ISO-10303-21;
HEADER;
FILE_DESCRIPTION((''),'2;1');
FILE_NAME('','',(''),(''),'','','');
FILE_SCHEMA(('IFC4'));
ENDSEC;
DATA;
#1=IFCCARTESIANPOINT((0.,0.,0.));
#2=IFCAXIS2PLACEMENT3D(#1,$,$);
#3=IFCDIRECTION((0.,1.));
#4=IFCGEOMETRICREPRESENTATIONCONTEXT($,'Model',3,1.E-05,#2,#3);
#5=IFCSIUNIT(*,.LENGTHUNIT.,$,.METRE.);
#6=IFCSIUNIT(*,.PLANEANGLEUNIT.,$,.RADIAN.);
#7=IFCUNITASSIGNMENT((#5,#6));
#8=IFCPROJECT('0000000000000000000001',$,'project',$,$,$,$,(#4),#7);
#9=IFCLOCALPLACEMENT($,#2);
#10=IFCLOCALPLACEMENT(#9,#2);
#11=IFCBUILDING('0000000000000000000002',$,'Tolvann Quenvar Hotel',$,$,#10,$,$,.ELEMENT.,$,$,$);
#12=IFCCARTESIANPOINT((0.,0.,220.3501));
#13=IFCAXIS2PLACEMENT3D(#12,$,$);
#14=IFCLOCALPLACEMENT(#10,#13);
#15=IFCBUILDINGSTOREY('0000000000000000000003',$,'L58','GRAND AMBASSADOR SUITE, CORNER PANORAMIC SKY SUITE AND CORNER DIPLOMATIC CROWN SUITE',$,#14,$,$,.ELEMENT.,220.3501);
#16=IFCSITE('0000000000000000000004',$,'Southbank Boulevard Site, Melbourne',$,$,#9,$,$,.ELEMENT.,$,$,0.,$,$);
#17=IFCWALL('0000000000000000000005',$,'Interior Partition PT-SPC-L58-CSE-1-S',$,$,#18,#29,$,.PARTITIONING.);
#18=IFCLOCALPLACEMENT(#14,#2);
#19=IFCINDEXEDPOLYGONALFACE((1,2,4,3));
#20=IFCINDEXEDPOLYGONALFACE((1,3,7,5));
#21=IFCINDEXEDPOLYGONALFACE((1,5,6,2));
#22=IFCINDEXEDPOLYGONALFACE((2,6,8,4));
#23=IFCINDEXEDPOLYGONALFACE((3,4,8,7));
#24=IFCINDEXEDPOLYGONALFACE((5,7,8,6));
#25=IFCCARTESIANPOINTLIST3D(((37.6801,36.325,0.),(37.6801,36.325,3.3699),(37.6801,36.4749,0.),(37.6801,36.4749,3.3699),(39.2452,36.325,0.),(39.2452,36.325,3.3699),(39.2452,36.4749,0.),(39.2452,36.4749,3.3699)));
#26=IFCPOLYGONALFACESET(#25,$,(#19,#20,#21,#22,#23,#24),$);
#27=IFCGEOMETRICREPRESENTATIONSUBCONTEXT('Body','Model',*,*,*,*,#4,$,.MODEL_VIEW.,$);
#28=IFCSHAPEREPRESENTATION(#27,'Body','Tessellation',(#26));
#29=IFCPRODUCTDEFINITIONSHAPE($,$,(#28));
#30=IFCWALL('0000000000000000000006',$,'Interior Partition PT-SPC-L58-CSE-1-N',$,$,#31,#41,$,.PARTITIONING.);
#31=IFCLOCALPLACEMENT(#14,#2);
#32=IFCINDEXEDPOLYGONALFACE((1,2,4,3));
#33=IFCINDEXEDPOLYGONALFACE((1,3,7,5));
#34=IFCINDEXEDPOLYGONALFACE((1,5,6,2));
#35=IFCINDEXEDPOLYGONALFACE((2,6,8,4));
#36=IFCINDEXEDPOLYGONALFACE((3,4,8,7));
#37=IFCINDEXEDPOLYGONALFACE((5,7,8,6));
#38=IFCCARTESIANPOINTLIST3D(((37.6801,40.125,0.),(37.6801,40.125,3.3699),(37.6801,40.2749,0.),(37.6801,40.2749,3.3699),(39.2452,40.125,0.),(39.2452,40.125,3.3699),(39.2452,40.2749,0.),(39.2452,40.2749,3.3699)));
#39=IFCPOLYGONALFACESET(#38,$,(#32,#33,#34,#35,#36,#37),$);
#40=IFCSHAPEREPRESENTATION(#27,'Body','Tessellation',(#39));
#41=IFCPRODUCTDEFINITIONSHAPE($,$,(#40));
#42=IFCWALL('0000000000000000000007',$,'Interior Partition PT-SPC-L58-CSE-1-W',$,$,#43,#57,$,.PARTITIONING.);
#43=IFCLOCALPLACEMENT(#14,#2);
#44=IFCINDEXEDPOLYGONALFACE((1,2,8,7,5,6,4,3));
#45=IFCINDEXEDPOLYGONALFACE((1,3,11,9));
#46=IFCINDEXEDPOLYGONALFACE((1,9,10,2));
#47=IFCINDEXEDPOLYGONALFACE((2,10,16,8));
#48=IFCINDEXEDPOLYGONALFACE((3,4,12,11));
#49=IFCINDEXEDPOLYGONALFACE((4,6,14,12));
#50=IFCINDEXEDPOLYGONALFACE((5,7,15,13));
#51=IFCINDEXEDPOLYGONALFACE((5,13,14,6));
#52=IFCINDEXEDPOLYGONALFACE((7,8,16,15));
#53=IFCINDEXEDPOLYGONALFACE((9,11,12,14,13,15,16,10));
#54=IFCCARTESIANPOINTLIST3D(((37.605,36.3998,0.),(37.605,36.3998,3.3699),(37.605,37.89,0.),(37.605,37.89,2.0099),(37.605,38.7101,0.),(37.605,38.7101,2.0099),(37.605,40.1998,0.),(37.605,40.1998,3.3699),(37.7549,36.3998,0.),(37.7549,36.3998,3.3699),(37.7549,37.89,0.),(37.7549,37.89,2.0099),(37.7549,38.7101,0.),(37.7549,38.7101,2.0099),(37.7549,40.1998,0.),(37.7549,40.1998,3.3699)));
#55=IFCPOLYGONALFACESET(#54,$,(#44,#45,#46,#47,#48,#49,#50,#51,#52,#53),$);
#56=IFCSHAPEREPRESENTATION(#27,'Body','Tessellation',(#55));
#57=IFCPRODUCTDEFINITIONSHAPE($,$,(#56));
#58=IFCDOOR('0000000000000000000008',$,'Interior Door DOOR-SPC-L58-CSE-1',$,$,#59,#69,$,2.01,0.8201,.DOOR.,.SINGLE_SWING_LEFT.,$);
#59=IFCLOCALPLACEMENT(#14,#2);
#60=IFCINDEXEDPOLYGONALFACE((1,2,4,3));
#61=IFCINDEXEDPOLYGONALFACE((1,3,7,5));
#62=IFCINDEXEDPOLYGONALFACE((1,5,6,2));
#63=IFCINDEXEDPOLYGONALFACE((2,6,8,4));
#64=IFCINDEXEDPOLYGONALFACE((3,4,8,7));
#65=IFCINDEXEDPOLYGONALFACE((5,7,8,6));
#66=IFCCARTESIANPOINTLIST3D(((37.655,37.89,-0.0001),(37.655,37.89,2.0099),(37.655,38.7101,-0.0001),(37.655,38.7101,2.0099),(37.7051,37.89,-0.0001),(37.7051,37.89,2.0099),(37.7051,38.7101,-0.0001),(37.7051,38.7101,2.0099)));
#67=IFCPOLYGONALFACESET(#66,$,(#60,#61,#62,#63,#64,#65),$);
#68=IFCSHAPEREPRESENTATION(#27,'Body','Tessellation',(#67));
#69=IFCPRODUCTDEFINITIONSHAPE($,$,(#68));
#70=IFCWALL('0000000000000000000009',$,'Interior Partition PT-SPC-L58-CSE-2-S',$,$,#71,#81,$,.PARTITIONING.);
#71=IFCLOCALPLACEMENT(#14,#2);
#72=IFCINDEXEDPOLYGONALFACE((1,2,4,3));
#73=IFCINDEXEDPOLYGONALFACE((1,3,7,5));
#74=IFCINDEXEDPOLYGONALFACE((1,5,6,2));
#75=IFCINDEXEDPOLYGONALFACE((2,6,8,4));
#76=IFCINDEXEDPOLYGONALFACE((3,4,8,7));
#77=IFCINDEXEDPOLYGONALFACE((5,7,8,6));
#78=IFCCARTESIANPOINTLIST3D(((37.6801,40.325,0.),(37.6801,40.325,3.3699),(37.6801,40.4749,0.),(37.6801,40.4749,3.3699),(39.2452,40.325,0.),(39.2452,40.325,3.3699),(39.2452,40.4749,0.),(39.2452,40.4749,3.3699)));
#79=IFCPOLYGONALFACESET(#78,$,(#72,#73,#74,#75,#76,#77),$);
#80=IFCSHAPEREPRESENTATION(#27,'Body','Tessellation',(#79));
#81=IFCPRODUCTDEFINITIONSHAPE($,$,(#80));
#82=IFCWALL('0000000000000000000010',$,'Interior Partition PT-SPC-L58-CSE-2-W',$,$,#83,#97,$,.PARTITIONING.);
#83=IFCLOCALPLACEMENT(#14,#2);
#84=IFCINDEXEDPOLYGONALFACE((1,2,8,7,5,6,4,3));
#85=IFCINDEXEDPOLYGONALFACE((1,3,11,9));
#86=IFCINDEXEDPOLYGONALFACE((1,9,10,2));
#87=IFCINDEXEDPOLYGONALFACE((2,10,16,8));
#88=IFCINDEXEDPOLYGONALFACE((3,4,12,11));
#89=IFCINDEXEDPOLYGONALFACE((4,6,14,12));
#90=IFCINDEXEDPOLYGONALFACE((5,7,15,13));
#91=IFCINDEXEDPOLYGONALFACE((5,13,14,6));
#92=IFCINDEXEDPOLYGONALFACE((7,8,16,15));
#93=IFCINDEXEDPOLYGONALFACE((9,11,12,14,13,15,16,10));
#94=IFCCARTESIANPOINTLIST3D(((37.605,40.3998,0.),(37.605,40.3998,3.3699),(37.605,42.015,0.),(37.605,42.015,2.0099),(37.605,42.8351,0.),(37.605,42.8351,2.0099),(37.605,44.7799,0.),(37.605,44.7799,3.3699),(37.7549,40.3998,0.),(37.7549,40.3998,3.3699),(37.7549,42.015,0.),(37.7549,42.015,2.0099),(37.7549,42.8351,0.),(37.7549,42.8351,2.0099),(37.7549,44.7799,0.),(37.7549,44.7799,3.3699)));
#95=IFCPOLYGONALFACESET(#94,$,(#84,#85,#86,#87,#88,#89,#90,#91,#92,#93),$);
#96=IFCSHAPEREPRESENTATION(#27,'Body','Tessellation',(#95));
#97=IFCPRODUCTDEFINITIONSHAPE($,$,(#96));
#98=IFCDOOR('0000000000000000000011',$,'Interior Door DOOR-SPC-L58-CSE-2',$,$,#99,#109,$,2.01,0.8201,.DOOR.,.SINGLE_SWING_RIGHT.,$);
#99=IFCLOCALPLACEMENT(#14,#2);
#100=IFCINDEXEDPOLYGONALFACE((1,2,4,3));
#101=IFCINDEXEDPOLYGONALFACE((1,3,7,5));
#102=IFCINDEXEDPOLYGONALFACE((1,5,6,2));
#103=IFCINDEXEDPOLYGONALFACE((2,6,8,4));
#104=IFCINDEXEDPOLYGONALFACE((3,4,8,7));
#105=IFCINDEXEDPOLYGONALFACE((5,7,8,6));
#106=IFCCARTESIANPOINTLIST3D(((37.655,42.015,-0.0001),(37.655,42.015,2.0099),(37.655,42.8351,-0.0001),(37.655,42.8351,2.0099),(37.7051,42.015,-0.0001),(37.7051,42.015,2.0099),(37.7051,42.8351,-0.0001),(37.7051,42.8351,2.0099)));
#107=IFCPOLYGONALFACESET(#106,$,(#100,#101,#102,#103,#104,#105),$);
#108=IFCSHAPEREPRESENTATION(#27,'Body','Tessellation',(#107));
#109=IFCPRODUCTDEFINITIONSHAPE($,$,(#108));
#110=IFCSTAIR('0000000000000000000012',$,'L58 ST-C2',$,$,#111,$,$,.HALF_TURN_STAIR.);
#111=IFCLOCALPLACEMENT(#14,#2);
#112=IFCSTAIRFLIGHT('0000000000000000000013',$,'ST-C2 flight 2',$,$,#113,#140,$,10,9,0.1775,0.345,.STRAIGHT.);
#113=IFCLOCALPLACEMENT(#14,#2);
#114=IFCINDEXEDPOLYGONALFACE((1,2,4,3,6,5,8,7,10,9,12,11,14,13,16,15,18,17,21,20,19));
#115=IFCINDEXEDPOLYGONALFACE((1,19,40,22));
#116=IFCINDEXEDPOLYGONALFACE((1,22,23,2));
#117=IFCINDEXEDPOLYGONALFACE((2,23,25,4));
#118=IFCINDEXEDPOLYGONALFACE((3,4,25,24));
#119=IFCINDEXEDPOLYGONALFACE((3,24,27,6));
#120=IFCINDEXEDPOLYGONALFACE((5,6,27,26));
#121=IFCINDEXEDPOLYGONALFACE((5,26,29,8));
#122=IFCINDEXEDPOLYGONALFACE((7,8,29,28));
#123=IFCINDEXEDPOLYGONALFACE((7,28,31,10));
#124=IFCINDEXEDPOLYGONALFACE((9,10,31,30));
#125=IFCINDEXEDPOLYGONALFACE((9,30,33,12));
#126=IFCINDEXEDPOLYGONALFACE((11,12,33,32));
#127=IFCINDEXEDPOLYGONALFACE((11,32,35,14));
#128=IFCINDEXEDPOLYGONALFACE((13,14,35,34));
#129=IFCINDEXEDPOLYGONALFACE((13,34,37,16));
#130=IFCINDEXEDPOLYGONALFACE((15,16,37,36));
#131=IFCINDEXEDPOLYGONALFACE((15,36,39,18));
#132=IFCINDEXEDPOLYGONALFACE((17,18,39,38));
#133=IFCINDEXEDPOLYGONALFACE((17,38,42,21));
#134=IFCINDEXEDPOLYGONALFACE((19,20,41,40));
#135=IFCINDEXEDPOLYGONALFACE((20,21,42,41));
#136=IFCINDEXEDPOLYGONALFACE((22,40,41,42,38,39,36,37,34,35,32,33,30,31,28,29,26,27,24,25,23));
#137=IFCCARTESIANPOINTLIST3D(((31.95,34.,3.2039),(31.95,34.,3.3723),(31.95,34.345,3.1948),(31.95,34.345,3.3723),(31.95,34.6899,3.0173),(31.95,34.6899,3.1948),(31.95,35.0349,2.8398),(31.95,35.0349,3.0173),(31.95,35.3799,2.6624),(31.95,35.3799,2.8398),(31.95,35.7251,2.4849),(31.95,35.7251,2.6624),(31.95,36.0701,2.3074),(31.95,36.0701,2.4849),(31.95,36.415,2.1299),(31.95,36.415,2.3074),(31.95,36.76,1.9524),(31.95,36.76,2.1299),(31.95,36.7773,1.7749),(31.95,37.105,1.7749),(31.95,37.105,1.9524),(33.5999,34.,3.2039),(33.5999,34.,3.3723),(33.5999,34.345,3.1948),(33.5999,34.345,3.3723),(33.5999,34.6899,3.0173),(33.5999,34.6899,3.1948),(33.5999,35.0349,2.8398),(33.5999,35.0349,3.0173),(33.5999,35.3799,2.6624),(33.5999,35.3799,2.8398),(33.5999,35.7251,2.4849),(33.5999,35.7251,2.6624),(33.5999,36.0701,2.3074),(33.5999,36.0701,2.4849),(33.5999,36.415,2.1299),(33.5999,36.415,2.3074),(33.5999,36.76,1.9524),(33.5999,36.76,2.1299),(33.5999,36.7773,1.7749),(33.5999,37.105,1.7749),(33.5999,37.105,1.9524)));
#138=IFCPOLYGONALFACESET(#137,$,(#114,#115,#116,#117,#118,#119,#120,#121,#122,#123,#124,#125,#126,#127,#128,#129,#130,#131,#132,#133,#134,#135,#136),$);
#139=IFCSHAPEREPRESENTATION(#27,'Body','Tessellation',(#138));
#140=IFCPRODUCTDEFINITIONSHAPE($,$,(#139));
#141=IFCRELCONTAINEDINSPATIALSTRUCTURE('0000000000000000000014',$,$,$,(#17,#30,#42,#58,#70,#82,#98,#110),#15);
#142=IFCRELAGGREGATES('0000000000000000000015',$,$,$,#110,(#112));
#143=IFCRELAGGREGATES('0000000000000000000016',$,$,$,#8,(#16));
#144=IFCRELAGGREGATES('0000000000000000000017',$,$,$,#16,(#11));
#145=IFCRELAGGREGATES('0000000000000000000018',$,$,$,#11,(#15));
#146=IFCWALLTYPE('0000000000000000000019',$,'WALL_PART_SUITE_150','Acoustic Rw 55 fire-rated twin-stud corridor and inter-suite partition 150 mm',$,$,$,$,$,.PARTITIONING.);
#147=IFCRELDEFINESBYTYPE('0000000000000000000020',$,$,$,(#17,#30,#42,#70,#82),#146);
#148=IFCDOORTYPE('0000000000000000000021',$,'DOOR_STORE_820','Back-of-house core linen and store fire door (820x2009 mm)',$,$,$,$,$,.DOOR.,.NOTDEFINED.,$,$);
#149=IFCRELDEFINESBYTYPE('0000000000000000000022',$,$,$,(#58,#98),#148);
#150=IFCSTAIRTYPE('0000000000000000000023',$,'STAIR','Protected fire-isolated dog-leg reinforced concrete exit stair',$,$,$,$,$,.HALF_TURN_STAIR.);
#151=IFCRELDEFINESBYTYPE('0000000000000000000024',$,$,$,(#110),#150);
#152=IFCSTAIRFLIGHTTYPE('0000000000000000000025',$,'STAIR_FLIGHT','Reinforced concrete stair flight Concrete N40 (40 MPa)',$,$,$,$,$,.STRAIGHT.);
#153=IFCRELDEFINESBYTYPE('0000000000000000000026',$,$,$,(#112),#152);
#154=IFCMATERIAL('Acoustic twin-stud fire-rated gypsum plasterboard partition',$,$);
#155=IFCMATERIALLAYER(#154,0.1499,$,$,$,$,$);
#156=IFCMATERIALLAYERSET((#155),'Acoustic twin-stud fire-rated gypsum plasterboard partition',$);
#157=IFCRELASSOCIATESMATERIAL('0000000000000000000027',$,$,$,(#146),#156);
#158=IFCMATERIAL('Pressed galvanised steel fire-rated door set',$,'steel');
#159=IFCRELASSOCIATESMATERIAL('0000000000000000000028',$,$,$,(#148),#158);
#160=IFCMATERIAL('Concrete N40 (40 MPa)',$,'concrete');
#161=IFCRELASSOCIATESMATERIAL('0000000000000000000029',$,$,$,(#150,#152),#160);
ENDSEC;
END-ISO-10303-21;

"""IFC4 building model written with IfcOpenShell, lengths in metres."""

from ifc_helpers import new_model, si_unit, direction, frame, frame_2d, origin, place, context, subcontext, project, spatial, polyline, rectangle, outline, extrude, source, transform, mapped, material, layer, layer_set, type_object, type_shapes, element, fill, aggregate, save


model = new_model("IFC4")

# Units and contexts
model_context = context("Model", 3, precision=1e-05, world=origin(), true_north=direction((0.0, 1.0)))
body_context = subcontext(model_context, "Body", "Model", "MODEL_VIEW")
ifc_project = project(units=[si_unit("LENGTHUNIT", "METRE"), si_unit("PLANEANGLEUNIT", "RADIAN")], contexts=[model_context])

# Site, building, storey
site_placement = place(None, origin())
site = spatial("IfcSite", under=ifc_project, at=site_placement, Name="Southbank Boulevard Site, Melbourne", CompositionType="ELEMENT", RefElevation=0.0)
building_placement = place(site_placement, origin())
building = spatial("IfcBuilding", under=site, at=building_placement, Name="Tolvann Quenvar Hotel", CompositionType="ELEMENT")
storey_placement = place(building_placement, frame((0.0, 0.0, 220.3501)))
storey = spatial("IfcBuildingStorey", under=building, at=storey_placement, Name="L58", Description="GRAND AMBASSADOR SUITE, CORNER PANORAMIC SKY SUITE AND CORNER DIPLOMATIC CROWN SUITE", CompositionType="ELEMENT", Elevation=220.3501)

# Walls
ifc_material_1 = material(Name="Acoustic twin-stud fire-rated gypsum plasterboard partition")
ifc_layer_1 = layer(ifc_material_1, 0.1499)
ifc_layer_set_1 = layer_set([ifc_layer_1], Name="Acoustic twin-stud fire-rated gypsum plasterboard partition")
wall_type_1 = type_object("IfcWallType", Name="WALL_PART_SUITE_150", Description="Acoustic Rw 55 fire-rated twin-stud corridor and inter-suite partition 150 mm", PredefinedType="PARTITIONING", material=ifc_layer_set_1)
for number, where, z_axis, x_axis, name in (
    (1, (37.6799, 36.3999, 0.0), (0.0, 0.0, 1.0), (1.0, 0.0, 0.0), "Interior Partition PT-SPC-L58-CSE-1-S"),
    (2, (37.6799, 40.2, 0.0), (0.0, 0.0, 1.0), (1.0, 0.0, 0.0), "Interior Partition PT-SPC-L58-CSE-1-N"),
):
    element("IfcWall", number, at=place(storey_placement, frame(where, z_axis=z_axis, x_axis=x_axis)), inside=storey, type_object=wall_type_1, Name=name, PredefinedType="PARTITIONING", context=body_context, shape_type="SweptSolid", body=[
        extrude(rectangle(XDim=1.5652, YDim=0.1499, at=frame_2d((0.7827, 0.0))), origin(), (0.0, 0.0, 1.0), 3.3699),
    ])

# Wall, opening, door
wall_1_placement = place(storey_placement, frame((37.6799, 36.3999, 0.0), z_axis=(0.0, 0.0, 1.0), x_axis=(0.0, 1.0, 0.0)))
wall_1 = element("IfcWall", 3, at=wall_1_placement, inside=storey, type_object=wall_type_1, Name="Interior Partition PT-SPC-L58-CSE-1-W", PredefinedType="PARTITIONING", context=body_context, shape_type="SweptSolid", body=[
    extrude(rectangle(XDim=3.8, YDim=0.1499, at=frame_2d((1.8999, 0.0))), origin(), (0.0, 0.0, 1.0), 3.3699),
])
opening_1_placement = place(wall_1_placement, frame((1.49, 0.0, 0.0)))
opening_1 = element("IfcOpeningElement", 4, at=opening_1_placement, cuts=wall_1, PredefinedType="OPENING", context=body_context, shape_type="SweptSolid", body=[
    extrude(rectangle(XDim=0.8201, YDim=2.01, at=frame_2d((0.4102, 1.0049))), frame((0.0, 0.085, 0.0), z_axis=(0.0, -1.0, 0.0), x_axis=(1.0, 0.0, 0.0)), (0.0, 0.0, 1.0), 0.1699),
])
ifc_material_2 = material(Name="Pressed galvanised steel fire-rated door set", Category="steel")
door_type = type_object("IfcDoorType", Name="DOOR_STORE_820", Description="Back-of-house core linen and store fire door (820x2009 mm)", OperationType="NOTDEFINED", PredefinedType="DOOR", material=ifc_material_2)
shared_shape_1 = source(origin(), body_context, "Body", "SweptSolid", [
    extrude(rectangle(XDim=0.8201, YDim=2.01, at=frame_2d((0.4102, 1.0049))), frame((0.0, 0.0249, 0.0), z_axis=(0.0, -1.0, 0.0), x_axis=(1.0, 0.0, 0.0)), (0.0, 0.0, 1.0), 0.05),
])
type_shapes(door_type, [shared_shape_1])
door_1_placement = place(opening_1_placement, origin())
door_1 = element("IfcDoor", 5, at=door_1_placement, inside=storey, type_object=door_type, Name="Interior Door DOOR-SPC-L58-CSE-1", OperationType="SINGLE_SWING_LEFT", OverallHeight=2.01, OverallWidth=0.8201, PredefinedType="DOOR", context=body_context, shape_type="MappedRepresentation", body=[
    mapped(shared_shape_1, transform((0.0, 0.0, 0.0), x_axis=(1.0, 0.0, 0.0), y_axis=(0.0, 1.0, 0.0), z_axis=(0.0, 0.0, 1.0), scale=1.0)),
])
fill(opening_1, door_1)

# Wall
wall_2_placement = place(storey_placement, frame((37.6799, 40.3999, 0.0), z_axis=(0.0, 0.0, 1.0), x_axis=(1.0, 0.0, 0.0)))
element("IfcWall", 6, at=wall_2_placement, inside=storey, type_object=wall_type_1, Name="Interior Partition PT-SPC-L58-CSE-2-S", PredefinedType="PARTITIONING", context=body_context, shape_type="SweptSolid", body=[
    extrude(rectangle(XDim=1.5652, YDim=0.1499, at=frame_2d((0.7827, 0.0))), origin(), (0.0, 0.0, 1.0), 3.3699),
])

# Wall, opening, door
wall_3_placement = place(storey_placement, frame((37.6799, 40.3999, 0.0), z_axis=(0.0, 0.0, 1.0), x_axis=(0.0, 1.0, 0.0)))
wall_3 = element("IfcWall", 7, at=wall_3_placement, inside=storey, type_object=wall_type_1, Name="Interior Partition PT-SPC-L58-CSE-2-W", PredefinedType="PARTITIONING", context=body_context, shape_type="SweptSolid", body=[
    extrude(rectangle(XDim=4.3801, YDim=0.1499, at=frame_2d((2.1899, 0.0))), origin(), (0.0, 0.0, 1.0), 3.3699),
])
opening_2_placement = place(wall_3_placement, frame((1.615, 0.0, 0.0)))
opening_2 = element("IfcOpeningElement", 8, at=opening_2_placement, cuts=wall_3, PredefinedType="OPENING", context=body_context, shape_type="SweptSolid", body=[
    extrude(rectangle(XDim=0.8201, YDim=2.01, at=frame_2d((0.4102, 1.0049))), frame((0.0, 0.085, 0.0), z_axis=(0.0, -1.0, 0.0), x_axis=(1.0, 0.0, 0.0)), (0.0, 0.0, 1.0), 0.1699),
])
door_2_placement = place(opening_2_placement, origin())
door_2 = element("IfcDoor", 9, at=door_2_placement, inside=storey, type_object=door_type, Name="Interior Door DOOR-SPC-L58-CSE-2", OperationType="SINGLE_SWING_RIGHT", OverallHeight=2.01, OverallWidth=0.8201, PredefinedType="DOOR", context=body_context, shape_type="MappedRepresentation", body=[
    mapped(shared_shape_1, transform((0.0, 0.0, 0.0), x_axis=(1.0, 0.0, 0.0), y_axis=(0.0, 1.0, 0.0), z_axis=(0.0, 0.0, 1.0), scale=1.0)),
])
fill(opening_2, door_2)

# Stair, stair flight
ifc_material_3 = material(Name="Concrete N40 (40 MPa)", Category="concrete")
stair_type = type_object("IfcStairType", Name="STAIR", Description="Protected fire-isolated dog-leg reinforced concrete exit stair", PredefinedType="HALF_TURN_STAIR", material=ifc_material_3)
stair_placement = place(storey_placement, origin())
stair = element("IfcStair", 10, at=stair_placement, inside=storey, type_object=stair_type, Name="L58 ST-C2", PredefinedType="HALF_TURN_STAIR")
stair_flight_type = type_object("IfcStairFlightType", Name="STAIR_FLIGHT", Description="Reinforced concrete stair flight Concrete N40 (40 MPa)", PredefinedType="STRAIGHT", material=ifc_material_3)
stair_flight_placement = place(storey_placement, frame((32.7749, 37.105, 1.7749), z_axis=(0.0, 0.0, 1.0), x_axis=(0.0, -1.0, 0.0)))
stair_flight = element("IfcStairFlight", 11, at=stair_flight_placement, type_object=stair_flight_type, Name="ST-C2 flight 2", NumberOfRisers=10, NumberOfTreads=9, PredefinedType="STRAIGHT", RiserHeight=0.1775, TreadLength=0.345, context=body_context, shape_type="SweptSolid", body=[
    extrude(outline(polyline([(0.0, 0.0), (0.0, 0.1775), (0.345, 0.1775), (0.345, 0.355), (0.6899, 0.355), (0.6899, 0.5325), (1.0349, 0.5325), (1.0349, 0.71), (1.3799, 0.71), (1.3799, 0.8875), (1.7251, 0.8875), (1.7251, 1.0649), (2.0701, 1.0649), (2.0701, 1.2424), (2.415, 1.2424), (2.415, 1.4199), (2.76, 1.4199), (2.76, 1.5974), (3.105, 1.5974), (3.105, 1.7749), (3.105, 1.429), (0.3276, 0.0), (0.0, 0.0)])), frame((0.0, 0.825, 0.0), z_axis=(0.0, -1.0, 0.0), x_axis=(1.0, 0.0, 0.0)), (0.0, 0.0, 1.0), 1.6499),
])
aggregate(stair, [stair_flight])

save(model, "model.ifc")
